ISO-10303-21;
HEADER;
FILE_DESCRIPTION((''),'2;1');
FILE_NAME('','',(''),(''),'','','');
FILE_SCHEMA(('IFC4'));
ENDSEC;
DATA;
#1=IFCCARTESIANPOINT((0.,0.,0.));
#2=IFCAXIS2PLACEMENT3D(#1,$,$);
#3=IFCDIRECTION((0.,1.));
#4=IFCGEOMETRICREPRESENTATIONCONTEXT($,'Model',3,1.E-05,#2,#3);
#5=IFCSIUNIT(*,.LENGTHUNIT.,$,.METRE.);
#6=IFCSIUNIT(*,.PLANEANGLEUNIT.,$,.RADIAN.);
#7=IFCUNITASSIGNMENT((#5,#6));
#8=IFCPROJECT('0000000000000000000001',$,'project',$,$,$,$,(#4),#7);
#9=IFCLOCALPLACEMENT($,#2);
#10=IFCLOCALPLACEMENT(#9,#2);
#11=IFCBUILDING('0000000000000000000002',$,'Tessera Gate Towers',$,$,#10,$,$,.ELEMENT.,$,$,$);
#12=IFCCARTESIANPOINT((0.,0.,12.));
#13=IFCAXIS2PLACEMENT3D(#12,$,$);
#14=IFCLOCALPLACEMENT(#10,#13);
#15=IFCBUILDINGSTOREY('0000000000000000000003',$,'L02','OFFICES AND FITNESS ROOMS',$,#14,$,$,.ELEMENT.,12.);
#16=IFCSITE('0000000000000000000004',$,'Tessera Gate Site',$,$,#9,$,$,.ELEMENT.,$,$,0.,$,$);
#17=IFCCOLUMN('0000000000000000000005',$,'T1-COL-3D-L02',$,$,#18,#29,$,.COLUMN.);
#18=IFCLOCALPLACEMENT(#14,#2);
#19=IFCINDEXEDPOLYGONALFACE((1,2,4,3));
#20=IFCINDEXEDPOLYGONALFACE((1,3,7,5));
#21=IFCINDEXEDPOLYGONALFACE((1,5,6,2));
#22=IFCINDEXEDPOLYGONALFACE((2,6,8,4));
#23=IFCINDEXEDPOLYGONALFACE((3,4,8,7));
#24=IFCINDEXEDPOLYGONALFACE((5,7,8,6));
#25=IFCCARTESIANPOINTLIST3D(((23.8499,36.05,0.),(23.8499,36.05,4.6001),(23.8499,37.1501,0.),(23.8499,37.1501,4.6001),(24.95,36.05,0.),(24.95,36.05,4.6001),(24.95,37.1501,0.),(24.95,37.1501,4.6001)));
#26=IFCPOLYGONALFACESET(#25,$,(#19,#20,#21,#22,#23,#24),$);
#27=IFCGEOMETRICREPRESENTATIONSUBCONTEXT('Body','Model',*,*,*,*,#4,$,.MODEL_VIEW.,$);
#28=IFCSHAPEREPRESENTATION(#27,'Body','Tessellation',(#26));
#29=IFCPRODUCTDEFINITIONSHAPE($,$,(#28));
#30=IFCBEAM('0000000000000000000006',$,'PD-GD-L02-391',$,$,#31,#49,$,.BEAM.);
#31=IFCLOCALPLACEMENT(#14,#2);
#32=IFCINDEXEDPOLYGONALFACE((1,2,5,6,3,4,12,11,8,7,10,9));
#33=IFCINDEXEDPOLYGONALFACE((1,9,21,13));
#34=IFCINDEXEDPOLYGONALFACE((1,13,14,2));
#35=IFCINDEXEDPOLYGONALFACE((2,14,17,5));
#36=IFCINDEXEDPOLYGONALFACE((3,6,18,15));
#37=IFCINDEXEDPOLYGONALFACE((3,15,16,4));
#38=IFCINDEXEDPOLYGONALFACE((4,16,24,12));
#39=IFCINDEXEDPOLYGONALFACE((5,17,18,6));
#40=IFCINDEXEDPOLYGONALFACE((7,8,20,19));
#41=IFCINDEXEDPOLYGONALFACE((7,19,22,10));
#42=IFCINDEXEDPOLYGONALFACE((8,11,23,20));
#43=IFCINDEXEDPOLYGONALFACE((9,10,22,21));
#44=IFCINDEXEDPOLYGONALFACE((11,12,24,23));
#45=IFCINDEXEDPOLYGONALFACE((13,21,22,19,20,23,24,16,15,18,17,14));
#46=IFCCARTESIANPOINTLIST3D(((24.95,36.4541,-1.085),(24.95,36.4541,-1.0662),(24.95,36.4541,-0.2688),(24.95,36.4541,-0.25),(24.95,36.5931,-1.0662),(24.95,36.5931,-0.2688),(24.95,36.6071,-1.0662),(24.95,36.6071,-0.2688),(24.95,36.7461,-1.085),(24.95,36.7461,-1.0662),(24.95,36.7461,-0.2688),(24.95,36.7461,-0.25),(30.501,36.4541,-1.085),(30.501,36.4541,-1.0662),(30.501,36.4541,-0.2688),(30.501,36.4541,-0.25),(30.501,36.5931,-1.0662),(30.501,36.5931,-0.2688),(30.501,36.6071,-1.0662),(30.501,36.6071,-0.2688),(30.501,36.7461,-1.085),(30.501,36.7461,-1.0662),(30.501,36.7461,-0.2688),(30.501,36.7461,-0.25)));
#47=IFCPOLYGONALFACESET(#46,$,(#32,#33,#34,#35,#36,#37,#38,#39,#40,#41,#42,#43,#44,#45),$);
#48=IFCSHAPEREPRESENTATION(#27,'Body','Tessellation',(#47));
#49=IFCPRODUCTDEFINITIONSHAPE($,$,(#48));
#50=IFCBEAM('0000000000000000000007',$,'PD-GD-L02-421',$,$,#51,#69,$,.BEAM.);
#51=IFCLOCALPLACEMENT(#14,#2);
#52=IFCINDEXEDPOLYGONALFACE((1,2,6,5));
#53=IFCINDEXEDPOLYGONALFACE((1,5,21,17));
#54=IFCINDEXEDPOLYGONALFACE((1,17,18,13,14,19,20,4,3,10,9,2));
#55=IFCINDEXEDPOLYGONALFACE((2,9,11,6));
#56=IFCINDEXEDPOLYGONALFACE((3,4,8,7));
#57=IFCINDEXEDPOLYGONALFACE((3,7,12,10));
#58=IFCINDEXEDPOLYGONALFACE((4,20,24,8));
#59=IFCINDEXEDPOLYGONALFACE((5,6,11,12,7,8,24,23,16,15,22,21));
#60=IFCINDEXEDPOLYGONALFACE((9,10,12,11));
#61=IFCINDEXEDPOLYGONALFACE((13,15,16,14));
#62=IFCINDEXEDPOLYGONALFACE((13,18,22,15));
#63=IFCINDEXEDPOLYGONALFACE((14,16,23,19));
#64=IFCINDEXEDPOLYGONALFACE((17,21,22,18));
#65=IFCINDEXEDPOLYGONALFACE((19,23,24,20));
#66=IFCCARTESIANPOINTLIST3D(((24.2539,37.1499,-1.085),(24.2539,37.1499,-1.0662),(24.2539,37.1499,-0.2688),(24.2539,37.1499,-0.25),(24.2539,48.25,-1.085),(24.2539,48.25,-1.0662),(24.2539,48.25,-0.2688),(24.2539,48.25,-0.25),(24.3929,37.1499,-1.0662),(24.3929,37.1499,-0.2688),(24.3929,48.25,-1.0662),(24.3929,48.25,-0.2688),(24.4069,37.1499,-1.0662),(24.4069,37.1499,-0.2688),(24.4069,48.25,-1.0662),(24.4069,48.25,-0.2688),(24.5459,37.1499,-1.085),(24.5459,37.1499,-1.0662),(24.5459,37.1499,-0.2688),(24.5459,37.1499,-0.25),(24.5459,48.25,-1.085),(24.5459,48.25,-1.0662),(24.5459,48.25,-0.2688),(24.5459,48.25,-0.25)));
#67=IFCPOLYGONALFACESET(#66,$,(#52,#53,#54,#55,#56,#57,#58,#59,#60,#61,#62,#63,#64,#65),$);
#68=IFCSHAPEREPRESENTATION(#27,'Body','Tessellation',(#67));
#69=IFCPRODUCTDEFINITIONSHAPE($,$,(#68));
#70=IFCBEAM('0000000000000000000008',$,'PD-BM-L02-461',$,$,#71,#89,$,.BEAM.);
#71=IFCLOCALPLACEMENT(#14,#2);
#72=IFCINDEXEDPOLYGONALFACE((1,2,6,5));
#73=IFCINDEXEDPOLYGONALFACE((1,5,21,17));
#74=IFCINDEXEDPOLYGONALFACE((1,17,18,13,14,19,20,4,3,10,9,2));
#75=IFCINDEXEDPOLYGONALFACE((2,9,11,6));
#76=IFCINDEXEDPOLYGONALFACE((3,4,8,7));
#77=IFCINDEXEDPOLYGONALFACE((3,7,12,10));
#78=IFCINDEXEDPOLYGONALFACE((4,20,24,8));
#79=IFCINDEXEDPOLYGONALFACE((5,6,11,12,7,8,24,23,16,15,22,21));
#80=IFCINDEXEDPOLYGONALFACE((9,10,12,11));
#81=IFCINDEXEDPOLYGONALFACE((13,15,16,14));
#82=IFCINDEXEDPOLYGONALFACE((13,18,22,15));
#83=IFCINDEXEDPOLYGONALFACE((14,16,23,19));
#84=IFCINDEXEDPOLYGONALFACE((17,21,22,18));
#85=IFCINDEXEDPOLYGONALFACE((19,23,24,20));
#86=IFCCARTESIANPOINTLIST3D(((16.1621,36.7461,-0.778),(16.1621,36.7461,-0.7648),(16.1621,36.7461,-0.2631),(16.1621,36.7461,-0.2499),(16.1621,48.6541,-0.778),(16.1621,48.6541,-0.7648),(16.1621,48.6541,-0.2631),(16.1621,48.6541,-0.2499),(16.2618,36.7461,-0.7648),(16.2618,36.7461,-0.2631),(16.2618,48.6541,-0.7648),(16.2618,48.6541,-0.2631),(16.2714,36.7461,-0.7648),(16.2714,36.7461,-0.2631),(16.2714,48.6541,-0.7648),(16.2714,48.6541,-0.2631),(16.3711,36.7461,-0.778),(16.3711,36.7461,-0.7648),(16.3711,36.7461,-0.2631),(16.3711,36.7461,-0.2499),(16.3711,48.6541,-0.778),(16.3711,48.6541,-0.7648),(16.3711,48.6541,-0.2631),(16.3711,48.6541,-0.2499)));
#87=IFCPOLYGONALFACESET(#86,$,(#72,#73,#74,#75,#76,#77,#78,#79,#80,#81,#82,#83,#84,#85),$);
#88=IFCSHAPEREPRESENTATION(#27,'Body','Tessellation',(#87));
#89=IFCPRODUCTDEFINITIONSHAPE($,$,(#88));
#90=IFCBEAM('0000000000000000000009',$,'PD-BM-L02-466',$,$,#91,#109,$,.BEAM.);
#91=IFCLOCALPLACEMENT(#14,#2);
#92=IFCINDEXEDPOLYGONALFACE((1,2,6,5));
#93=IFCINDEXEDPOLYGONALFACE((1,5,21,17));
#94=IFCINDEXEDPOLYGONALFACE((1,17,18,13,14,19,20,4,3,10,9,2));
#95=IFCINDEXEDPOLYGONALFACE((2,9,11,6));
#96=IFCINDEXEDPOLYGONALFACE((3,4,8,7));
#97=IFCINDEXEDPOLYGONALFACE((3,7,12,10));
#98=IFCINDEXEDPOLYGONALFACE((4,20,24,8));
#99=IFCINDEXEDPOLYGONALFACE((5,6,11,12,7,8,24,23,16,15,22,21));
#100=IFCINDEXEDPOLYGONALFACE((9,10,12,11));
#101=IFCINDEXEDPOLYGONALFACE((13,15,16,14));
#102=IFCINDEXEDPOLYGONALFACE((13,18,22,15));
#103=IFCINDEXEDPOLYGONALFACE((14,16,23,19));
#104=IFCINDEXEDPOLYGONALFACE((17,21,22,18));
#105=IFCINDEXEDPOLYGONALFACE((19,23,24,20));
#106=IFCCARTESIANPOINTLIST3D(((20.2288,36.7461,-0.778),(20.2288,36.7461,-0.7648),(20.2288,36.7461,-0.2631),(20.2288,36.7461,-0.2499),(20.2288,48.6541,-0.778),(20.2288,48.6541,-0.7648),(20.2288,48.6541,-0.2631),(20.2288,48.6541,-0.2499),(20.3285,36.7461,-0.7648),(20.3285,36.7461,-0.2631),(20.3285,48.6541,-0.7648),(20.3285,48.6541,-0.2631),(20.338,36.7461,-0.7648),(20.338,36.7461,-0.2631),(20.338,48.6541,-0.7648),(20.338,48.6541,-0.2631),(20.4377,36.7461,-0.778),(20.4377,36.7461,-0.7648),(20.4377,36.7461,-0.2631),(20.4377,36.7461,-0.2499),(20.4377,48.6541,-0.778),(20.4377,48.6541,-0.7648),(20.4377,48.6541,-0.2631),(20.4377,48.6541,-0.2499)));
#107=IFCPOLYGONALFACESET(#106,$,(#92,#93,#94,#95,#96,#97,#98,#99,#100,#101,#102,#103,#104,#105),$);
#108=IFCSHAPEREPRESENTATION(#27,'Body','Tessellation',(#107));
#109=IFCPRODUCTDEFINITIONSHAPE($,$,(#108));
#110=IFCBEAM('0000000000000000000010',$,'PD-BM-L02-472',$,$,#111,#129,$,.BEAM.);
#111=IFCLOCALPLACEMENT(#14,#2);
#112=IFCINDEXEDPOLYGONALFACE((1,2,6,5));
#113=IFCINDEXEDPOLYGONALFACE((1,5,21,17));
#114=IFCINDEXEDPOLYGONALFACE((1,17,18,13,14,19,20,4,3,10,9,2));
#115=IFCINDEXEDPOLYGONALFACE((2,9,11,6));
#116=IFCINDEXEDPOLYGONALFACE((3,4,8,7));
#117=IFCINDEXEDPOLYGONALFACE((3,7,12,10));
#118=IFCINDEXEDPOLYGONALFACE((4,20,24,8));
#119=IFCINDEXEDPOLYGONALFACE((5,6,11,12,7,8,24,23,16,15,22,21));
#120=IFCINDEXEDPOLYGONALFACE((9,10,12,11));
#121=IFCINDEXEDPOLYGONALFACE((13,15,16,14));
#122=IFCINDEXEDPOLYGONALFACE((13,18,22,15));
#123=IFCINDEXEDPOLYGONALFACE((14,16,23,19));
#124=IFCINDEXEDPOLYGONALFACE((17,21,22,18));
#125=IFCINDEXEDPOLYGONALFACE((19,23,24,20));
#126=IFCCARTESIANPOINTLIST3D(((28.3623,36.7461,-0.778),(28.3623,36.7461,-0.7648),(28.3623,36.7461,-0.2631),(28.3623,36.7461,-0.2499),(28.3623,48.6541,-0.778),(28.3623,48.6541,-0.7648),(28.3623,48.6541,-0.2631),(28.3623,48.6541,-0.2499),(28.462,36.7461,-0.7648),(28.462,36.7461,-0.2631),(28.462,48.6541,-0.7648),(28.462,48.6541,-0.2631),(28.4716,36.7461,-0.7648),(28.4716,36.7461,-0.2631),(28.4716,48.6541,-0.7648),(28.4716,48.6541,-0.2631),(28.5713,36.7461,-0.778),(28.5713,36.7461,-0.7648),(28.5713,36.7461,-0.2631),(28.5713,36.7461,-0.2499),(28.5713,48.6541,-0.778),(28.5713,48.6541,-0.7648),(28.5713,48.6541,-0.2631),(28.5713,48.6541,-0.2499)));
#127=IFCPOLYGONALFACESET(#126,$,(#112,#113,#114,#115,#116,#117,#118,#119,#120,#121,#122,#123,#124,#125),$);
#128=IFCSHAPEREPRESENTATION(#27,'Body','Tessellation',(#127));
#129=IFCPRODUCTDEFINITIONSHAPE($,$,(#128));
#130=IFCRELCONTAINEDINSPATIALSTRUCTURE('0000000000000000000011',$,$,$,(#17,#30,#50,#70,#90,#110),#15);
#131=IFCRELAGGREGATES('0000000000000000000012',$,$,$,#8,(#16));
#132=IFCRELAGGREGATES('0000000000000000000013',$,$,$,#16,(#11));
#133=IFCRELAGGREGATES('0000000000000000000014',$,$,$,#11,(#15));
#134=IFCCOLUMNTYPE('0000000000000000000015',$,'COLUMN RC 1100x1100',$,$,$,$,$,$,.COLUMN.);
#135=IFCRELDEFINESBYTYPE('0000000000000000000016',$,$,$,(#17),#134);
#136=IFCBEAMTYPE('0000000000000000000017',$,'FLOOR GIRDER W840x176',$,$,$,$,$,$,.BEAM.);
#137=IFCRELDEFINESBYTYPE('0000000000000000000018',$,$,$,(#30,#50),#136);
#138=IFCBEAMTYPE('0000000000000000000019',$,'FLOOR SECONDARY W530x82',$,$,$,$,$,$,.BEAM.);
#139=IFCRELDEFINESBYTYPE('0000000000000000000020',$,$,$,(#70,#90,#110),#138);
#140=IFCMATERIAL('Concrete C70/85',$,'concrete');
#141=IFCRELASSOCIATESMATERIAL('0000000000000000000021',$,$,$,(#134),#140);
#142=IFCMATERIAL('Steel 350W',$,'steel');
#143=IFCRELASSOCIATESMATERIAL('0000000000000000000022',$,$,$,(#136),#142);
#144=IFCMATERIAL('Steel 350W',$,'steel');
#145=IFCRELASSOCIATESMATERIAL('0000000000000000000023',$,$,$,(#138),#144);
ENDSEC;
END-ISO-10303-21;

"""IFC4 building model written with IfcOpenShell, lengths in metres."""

from ifc_helpers import new_model, si_unit, direction, frame, origin, origin_2d, place, context, subcontext, project, spatial, rectangle, i_section, extrude, material, material_profile, profile_set, type_object, element, save


model = new_model("IFC4")

# Units and contexts
model_context = context("Model", 3, precision=1e-05, world=origin(), true_north=direction((0.0, 1.0)))
body_context = subcontext(model_context, "Body", "Model", "MODEL_VIEW")
ifc_project = project(units=[si_unit("LENGTHUNIT", "METRE"), si_unit("PLANEANGLEUNIT", "RADIAN")], contexts=[model_context])

# Site, building, storey
site_placement = place(None, origin())
site = spatial("IfcSite", under=ifc_project, at=site_placement, Name="Tessera Gate Site", CompositionType="ELEMENT", RefElevation=0.0)
building_placement = place(site_placement, origin())
building = spatial("IfcBuilding", under=site, at=building_placement, Name="Tessera Gate Towers", CompositionType="ELEMENT")
storey_placement = place(building_placement, frame((0.0, 0.0, 12.0)))
storey = spatial("IfcBuildingStorey", under=building, at=storey_placement, Name="L02", Description="OFFICES AND FITNESS ROOMS", CompositionType="ELEMENT", Elevation=12.0)

# Column
ifc_material_1 = material(Name="Concrete C70/85", Category="concrete")
ifc_material_profile_1 = material_profile(ifc_material_1, rectangle(XDim=1.1001, YDim=1.1001, at=origin_2d()), Name="RC 1100x1100")
ifc_profile_set_1 = profile_set([ifc_material_profile_1], Name="Concrete C70/85")
column_type = type_object("IfcColumnType", Name="COLUMN RC 1100x1100", PredefinedType="COLUMN", material=ifc_profile_set_1)
column_placement = place(storey_placement, frame((24.3999, 36.6001, 0.0), z_axis=(0.0, 0.0, 1.0), x_axis=(1.0, 0.0, 0.0)))
element("IfcColumn", 1, at=column_placement, inside=storey, type_object=column_type, Name="T1-COL-3D-L02", PredefinedType="COLUMN", context=body_context, shape_type="SweptSolid", body=[
    extrude(rectangle(XDim=1.1001, YDim=1.1001, at=origin_2d()), origin(), (0.0, 0.0, 1.0), 4.6001),
])

# Beams
ifc_material_2 = material(Name="Steel 350W", Category="steel")
ifc_material_profile_2 = material_profile(ifc_material_2, i_section(OverallWidth=0.292, OverallDepth=0.835, WebThickness=0.0139, FlangeThickness=0.0188, at=origin_2d()), Name="W840x176")
ifc_profile_set_2 = profile_set([ifc_material_profile_2], Name="Steel 350W")
beam_type_1 = type_object("IfcBeamType", Name="FLOOR GIRDER W840x176", PredefinedType="BEAM", material=ifc_profile_set_2)
beam_1_placement = place(storey_placement, frame((24.95, 36.6001, -0.6675), z_axis=(1.0, 0.0, 0.0), x_axis=(0.0, 1.0, 0.0)))
element("IfcBeam", 2, at=beam_1_placement, inside=storey, type_object=beam_type_1, Name="PD-GD-L02-391", PredefinedType="BEAM", context=body_context, shape_type="SweptSolid", body=[
    extrude(i_section(OverallWidth=0.292, OverallDepth=0.835, WebThickness=0.0139, FlangeThickness=0.0188, at=origin_2d()), origin(), (0.0, 0.0, 1.0), 5.551),
])
beam_2_placement = place(storey_placement, frame((24.3999, 37.1499, -0.6675), z_axis=(0.0, 1.0, 0.0), x_axis=(-1.0, 0.0, 0.0)))
element("IfcBeam", 3, at=beam_2_placement, inside=storey, type_object=beam_type_1, Name="PD-GD-L02-421", PredefinedType="BEAM", context=body_context, shape_type="SweptSolid", body=[
    extrude(i_section(OverallWidth=0.292, OverallDepth=0.835, WebThickness=0.0139, FlangeThickness=0.0188, at=origin_2d()), origin(), (0.0, 0.0, 1.0), 11.1001),
])
ifc_material_3 = material(Name="Steel 350W", Category="steel")
ifc_material_profile_3 = material_profile(ifc_material_3, i_section(OverallWidth=0.209, OverallDepth=0.5281, WebThickness=0.0095, FlangeThickness=0.0132, at=origin_2d()), Name="W530x82")
ifc_profile_set_3 = profile_set([ifc_material_profile_3], Name="Steel 350W")
beam_type_2 = type_object("IfcBeamType", Name="FLOOR SECONDARY W530x82", PredefinedType="BEAM", material=ifc_profile_set_3)
for number, where, z_axis, x_axis, name in (
    (4, (16.2666, 36.7461, -0.5139), (0.0, 1.0, 0.0), (-1.0, 0.0, 0.0), "PD-BM-L02-461"),
    (5, (20.3333, 36.7461, -0.5139), (0.0, 1.0, 0.0), (-1.0, 0.0, 0.0), "PD-BM-L02-466"),
    (6, (28.4668, 36.7461, -0.5139), (0.0, 1.0, 0.0), (-1.0, 0.0, 0.0), "PD-BM-L02-472"),
):
    element("IfcBeam", number, at=place(storey_placement, frame(where, z_axis=z_axis, x_axis=x_axis)), inside=storey, type_object=beam_type_2, Name=name, PredefinedType="BEAM", context=body_context, shape_type="SweptSolid", body=[
        extrude(i_section(OverallWidth=0.209, OverallDepth=0.5281, WebThickness=0.0095, FlangeThickness=0.0132, at=origin_2d()), origin(), (0.0, 0.0, 1.0), 11.908),
    ])

save(model, "model.ifc")
